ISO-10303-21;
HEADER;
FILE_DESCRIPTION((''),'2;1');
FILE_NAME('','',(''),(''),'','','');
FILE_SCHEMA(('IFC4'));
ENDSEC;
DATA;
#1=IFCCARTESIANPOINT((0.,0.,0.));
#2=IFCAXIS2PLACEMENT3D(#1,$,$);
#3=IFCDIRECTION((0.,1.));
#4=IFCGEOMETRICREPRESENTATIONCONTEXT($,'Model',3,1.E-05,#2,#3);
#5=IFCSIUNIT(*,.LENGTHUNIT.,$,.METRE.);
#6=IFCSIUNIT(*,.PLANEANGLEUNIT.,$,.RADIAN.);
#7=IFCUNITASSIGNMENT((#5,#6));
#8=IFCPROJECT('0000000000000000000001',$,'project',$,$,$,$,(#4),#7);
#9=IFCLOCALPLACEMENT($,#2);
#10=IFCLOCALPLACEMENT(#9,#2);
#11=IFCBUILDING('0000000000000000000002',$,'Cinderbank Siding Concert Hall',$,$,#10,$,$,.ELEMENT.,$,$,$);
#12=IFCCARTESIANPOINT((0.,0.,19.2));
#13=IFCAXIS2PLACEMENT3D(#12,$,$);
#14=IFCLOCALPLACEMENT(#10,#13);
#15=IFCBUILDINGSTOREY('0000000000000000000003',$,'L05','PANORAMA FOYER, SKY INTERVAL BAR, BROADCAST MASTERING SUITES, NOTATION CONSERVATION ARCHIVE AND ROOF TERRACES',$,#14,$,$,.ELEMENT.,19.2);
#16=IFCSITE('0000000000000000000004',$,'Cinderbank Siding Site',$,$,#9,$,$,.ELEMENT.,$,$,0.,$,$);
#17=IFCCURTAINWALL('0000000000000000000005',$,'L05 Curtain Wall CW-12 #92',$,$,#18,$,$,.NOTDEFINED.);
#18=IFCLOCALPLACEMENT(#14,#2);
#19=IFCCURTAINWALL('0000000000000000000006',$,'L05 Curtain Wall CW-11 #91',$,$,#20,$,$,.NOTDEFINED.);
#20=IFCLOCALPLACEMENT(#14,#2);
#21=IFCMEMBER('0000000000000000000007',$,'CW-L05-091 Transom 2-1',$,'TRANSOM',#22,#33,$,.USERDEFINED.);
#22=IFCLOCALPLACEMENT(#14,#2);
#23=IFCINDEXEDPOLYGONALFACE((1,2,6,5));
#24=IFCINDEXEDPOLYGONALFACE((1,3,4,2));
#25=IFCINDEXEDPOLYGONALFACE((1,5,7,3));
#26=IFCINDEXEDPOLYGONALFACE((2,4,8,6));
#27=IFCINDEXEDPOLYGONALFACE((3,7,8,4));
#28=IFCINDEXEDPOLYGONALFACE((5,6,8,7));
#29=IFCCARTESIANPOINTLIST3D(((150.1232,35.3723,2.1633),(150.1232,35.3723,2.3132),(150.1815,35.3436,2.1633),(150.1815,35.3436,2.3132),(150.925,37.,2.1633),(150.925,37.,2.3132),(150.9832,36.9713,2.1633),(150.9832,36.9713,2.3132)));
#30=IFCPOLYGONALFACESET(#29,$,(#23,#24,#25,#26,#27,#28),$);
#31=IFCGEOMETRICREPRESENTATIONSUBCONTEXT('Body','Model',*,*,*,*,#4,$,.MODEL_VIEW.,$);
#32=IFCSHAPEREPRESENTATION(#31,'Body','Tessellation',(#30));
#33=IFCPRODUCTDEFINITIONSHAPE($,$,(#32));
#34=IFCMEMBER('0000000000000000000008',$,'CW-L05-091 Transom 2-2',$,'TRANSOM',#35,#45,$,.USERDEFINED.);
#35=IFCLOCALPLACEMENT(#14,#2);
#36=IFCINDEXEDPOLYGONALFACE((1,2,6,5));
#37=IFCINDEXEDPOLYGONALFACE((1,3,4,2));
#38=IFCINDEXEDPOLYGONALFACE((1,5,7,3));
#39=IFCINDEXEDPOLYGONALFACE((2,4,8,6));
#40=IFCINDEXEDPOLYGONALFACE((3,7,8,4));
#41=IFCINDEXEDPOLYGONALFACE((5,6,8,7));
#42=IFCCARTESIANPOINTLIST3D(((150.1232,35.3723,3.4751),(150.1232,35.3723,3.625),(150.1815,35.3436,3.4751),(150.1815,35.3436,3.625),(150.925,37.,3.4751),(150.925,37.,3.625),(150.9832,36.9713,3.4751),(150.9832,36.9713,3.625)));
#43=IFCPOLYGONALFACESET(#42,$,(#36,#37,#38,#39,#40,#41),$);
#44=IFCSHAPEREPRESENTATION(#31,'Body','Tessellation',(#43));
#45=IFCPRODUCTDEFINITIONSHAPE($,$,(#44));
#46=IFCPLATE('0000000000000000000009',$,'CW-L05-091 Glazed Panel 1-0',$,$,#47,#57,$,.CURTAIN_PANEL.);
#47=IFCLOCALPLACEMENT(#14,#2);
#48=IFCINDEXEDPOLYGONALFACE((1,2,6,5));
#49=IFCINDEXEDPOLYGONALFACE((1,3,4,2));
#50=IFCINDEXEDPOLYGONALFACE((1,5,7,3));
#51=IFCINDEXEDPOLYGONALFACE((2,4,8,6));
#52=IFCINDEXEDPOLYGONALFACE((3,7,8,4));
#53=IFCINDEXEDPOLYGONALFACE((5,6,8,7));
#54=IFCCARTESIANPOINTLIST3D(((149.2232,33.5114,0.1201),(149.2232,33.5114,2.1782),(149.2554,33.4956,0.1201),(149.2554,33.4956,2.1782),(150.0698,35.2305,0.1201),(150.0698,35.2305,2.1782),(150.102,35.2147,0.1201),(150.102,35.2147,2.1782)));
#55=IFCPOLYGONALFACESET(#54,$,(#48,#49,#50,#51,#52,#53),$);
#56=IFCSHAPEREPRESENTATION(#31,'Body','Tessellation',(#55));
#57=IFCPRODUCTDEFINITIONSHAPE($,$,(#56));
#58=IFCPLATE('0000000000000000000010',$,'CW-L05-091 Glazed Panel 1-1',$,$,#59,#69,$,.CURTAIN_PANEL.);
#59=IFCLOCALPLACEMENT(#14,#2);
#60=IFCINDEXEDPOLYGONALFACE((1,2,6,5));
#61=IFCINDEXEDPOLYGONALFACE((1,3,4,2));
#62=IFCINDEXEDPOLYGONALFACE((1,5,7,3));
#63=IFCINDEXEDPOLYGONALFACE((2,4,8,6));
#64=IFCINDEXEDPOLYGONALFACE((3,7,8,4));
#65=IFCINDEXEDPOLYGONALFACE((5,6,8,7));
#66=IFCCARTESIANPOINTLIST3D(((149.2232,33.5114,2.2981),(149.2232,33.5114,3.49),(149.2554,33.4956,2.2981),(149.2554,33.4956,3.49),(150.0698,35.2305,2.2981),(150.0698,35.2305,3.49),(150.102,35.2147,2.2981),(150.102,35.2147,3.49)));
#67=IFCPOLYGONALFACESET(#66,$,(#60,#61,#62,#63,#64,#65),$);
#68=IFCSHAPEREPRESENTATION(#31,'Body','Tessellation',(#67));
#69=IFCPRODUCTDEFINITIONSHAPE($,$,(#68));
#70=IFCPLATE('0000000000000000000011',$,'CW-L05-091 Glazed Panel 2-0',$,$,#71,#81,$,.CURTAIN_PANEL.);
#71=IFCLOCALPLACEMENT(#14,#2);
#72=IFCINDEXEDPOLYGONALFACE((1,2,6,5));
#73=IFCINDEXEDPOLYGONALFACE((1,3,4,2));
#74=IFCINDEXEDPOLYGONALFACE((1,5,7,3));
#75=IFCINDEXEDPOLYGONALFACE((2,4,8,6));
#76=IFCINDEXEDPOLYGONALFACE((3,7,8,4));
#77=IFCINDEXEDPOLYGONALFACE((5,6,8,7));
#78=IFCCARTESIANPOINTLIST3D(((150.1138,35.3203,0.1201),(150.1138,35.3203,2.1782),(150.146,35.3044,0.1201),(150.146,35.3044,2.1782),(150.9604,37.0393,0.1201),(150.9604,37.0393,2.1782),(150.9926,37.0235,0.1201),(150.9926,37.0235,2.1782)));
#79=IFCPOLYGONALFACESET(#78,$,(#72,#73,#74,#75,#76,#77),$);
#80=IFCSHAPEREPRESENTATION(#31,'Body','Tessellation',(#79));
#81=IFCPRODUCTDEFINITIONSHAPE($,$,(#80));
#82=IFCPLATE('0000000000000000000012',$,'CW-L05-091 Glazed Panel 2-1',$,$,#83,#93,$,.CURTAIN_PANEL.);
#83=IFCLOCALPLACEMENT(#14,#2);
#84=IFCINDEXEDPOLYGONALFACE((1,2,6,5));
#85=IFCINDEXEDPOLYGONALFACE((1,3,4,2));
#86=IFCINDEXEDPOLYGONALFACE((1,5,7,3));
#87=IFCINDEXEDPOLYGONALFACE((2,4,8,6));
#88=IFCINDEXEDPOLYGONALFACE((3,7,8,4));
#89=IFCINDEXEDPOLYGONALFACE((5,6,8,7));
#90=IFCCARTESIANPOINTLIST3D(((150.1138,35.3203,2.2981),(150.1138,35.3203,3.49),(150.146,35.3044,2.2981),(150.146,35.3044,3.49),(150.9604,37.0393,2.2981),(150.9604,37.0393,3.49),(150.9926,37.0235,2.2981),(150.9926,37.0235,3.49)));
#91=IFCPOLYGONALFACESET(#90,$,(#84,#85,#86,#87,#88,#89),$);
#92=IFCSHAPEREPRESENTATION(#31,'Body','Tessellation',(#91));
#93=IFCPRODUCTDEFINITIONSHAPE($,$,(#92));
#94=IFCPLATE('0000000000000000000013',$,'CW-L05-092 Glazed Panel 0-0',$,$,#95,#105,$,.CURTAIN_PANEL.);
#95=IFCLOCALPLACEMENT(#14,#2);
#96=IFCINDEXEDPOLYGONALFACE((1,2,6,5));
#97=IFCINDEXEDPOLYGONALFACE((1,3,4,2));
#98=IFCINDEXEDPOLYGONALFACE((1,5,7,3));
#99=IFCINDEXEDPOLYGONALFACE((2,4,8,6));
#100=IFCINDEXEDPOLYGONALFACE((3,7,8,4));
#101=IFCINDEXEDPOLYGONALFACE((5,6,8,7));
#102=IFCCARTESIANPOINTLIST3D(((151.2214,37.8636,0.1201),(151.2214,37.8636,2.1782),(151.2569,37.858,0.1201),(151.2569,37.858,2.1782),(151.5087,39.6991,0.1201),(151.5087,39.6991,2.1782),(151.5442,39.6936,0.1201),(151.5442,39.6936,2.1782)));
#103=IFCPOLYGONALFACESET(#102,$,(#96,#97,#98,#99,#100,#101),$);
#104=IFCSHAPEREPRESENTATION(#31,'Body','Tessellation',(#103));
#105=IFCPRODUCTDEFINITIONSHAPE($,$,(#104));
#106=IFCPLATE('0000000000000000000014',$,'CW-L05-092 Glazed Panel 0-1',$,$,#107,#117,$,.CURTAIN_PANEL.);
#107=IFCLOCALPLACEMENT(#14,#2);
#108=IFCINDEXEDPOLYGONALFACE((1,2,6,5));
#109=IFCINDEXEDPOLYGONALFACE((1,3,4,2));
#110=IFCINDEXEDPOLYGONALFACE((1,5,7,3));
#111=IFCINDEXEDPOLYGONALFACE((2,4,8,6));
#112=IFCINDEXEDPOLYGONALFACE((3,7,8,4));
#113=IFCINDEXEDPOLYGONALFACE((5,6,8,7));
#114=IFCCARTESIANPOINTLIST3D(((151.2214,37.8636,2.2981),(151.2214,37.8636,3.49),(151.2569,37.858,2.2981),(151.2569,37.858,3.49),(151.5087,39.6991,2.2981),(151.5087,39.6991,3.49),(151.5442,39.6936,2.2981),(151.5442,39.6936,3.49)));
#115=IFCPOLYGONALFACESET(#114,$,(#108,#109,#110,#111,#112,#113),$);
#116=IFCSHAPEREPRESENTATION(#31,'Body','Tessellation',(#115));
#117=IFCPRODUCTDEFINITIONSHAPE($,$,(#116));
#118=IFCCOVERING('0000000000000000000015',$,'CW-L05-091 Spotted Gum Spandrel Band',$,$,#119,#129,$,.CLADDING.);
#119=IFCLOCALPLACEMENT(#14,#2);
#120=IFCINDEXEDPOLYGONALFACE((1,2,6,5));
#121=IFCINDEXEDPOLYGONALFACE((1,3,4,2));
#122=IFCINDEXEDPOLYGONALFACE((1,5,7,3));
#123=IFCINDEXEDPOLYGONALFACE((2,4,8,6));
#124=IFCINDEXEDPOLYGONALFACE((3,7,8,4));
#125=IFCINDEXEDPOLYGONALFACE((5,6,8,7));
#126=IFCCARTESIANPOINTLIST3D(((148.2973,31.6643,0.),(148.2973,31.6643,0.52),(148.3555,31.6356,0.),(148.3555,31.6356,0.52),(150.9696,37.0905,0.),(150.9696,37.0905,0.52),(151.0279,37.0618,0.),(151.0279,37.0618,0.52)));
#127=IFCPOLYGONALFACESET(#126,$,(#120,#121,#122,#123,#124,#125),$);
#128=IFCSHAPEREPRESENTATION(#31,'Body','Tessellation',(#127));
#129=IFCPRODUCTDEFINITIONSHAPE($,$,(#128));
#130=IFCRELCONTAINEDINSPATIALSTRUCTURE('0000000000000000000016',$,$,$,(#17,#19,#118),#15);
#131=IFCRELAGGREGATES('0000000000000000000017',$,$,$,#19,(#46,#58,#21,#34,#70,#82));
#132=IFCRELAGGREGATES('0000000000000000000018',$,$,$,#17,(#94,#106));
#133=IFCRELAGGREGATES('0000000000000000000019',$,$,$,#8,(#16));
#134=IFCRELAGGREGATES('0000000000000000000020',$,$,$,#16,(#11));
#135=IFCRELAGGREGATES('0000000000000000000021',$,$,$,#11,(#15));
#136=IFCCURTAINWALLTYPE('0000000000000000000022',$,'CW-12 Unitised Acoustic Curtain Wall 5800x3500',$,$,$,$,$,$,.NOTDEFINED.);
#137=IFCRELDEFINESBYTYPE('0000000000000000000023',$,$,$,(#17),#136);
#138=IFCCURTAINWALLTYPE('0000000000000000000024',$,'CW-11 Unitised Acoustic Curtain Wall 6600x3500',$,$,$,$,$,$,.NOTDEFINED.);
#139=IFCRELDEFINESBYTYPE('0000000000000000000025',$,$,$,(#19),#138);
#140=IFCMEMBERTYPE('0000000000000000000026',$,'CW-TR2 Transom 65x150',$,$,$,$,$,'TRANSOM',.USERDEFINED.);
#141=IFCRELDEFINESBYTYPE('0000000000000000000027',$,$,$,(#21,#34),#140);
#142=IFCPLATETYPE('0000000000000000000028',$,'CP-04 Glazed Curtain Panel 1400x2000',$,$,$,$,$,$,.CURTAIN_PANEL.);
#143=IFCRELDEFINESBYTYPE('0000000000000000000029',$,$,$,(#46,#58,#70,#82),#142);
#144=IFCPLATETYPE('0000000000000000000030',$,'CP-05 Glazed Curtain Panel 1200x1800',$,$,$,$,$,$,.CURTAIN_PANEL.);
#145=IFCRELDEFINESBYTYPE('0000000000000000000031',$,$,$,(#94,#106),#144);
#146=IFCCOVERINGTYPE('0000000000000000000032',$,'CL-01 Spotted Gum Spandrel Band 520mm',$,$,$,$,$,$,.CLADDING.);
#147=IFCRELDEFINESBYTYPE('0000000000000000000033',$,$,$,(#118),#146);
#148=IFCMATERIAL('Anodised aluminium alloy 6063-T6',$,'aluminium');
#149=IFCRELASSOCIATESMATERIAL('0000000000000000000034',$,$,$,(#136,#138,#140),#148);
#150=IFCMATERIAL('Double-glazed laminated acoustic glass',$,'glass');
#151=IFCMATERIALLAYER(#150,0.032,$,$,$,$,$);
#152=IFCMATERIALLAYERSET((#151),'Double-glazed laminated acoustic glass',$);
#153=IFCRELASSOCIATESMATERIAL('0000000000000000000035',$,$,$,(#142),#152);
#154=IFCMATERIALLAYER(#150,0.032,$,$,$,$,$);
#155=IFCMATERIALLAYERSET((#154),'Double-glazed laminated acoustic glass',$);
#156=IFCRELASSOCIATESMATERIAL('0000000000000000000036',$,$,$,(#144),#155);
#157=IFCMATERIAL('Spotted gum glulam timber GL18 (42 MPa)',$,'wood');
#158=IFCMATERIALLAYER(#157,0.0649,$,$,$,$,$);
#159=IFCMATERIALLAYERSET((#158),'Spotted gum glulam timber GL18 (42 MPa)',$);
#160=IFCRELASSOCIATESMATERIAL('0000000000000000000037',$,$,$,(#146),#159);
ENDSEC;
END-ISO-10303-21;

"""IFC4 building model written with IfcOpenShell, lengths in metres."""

from ifc_helpers import new_model, si_unit, direction, frame, origin, origin_2d, place, context, subcontext, project, spatial, rectangle, extrude, material, layer, layer_set, material_profile, profile_set, type_object, element, aggregate, save


model = new_model("IFC4")

# Units and contexts
model_context = context("Model", 3, precision=1e-05, world=origin(), true_north=direction((0.0, 1.0)))
body_context = subcontext(model_context, "Body", "Model", "MODEL_VIEW")
ifc_project = project(units=[si_unit("LENGTHUNIT", "METRE"), si_unit("PLANEANGLEUNIT", "RADIAN")], contexts=[model_context])

# Site, building, storey
site_placement = place(None, origin())
site = spatial("IfcSite", under=ifc_project, at=site_placement, Name="Cinderbank Siding Site", CompositionType="ELEMENT", RefElevation=0.0)
building_placement = place(site_placement, origin())
building = spatial("IfcBuilding", under=site, at=building_placement, Name="Cinderbank Siding Concert Hall", CompositionType="ELEMENT")
storey_placement = place(building_placement, frame((0.0, 0.0, 19.2)))
storey = spatial("IfcBuildingStorey", under=building, at=storey_placement, Name="L05", Description="PANORAMA FOYER, SKY INTERVAL BAR, BROADCAST MASTERING SUITES, NOTATION CONSERVATION ARCHIVE AND ROOF TERRACES", CompositionType="ELEMENT", Elevation=19.2)

# Curtain wall
ifc_material_1 = material(Name="Anodised aluminium alloy 6063-T6", Category="aluminium")
curtain_wall_type_1 = type_object("IfcCurtainWallType", Name="CW-12 Unitised Acoustic Curtain Wall 5800x3500", PredefinedType="NOTDEFINED", material=ifc_material_1)
curtain_wall_1_placement = place(storey_placement, origin())
curtain_wall_1 = element("IfcCurtainWall", 1, at=curtain_wall_1_placement, inside=storey, type_object=curtain_wall_type_1, Name="L05 Curtain Wall CW-12 #92", PredefinedType="NOTDEFINED")

# Curtain wall
curtain_wall_type_2 = type_object("IfcCurtainWallType", Name="CW-11 Unitised Acoustic Curtain Wall 6600x3500", PredefinedType="NOTDEFINED", material=ifc_material_1)
curtain_wall_2_placement = place(storey_placement, origin())
curtain_wall_2 = element("IfcCurtainWall", 2, at=curtain_wall_2_placement, inside=storey, type_object=curtain_wall_type_2, Name="L05 Curtain Wall CW-11 #91", PredefinedType="NOTDEFINED")

# Members
ifc_material_profile_1 = material_profile(ifc_material_1, rectangle(XDim=0.0649, YDim=0.1499, at=origin_2d()), Name="ALU-TRAN-65x150", Category="LoadBearing")
ifc_profile_set_1 = profile_set([ifc_material_profile_1], Name="Anodised aluminium alloy 6063-T6")
member_type_1 = type_object("IfcMemberType", Name="CW-TR2 Transom 65x150", ElementType="TRANSOM", PredefinedType="USERDEFINED", material=ifc_profile_set_1)
member_1_placement = place(storey_placement, frame((150.1523, 35.3579, 2.2383), z_axis=(0.441877, 0.897076, 0.0), x_axis=(-0.897076, 0.441877, 0.0)))
member_1 = element("IfcMember", 3, at=member_1_placement, type_object=member_type_1, Name="CW-L05-091 Transom 2-1", ObjectType="TRANSOM", PredefinedType="USERDEFINED", context=body_context, shape_type="SweptSolid", body=[
    extrude(rectangle(XDim=0.0649, YDim=0.1499, at=origin_2d()), origin(), (0.0, 0.0, 1.0), 1.8145),
])
member_2_placement = place(storey_placement, frame((150.1523, 35.3579, 3.55), z_axis=(0.441877, 0.897076, 0.0), x_axis=(-0.897076, 0.441877, 0.0)))
member_2 = element("IfcMember", 4, at=member_2_placement, type_object=member_type_1, Name="CW-L05-091 Transom 2-2", ObjectType="TRANSOM", PredefinedType="USERDEFINED", context=body_context, shape_type="SweptSolid", body=[
    extrude(rectangle(XDim=0.0649, YDim=0.1499, at=origin_2d()), origin(), (0.0, 0.0, 1.0), 1.8145),
])

# Plates
ifc_material_2 = material(Name="Double-glazed laminated acoustic glass", Category="glass")
ifc_layer_1 = layer(ifc_material_2, 0.032)
ifc_layer_set_1 = layer_set([ifc_layer_1], Name="Double-glazed laminated acoustic glass")
plate_type_1 = type_object("IfcPlateType", Name="CP-04 Glazed Curtain Panel 1400x2000", PredefinedType="CURTAIN_PANEL", material=ifc_layer_set_1)
plate_1_placement = place(storey_placement, frame((149.6626, 34.363, 0.1201), z_axis=(0.0, 0.0, 1.0), x_axis=(0.441816, 0.897105, 0.0)))
plate_1 = element("IfcPlate", 5, at=plate_1_placement, type_object=plate_type_1, Name="CW-L05-091 Glazed Panel 1-0", PredefinedType="CURTAIN_PANEL", context=body_context, shape_type="SweptSolid", body=[
    extrude(rectangle(XDim=1.9163, YDim=0.0359, at=origin_2d()), origin(), (0.0, 0.0, 1.0), 2.0581),
])
plate_2_placement = place(storey_placement, frame((149.6626, 34.363, 2.2981), z_axis=(0.0, 0.0, 1.0), x_axis=(0.441816, 0.897105, 0.0)))
plate_2 = element("IfcPlate", 6, at=plate_2_placement, type_object=plate_type_1, Name="CW-L05-091 Glazed Panel 1-1", PredefinedType="CURTAIN_PANEL", context=body_context, shape_type="SweptSolid", body=[
    extrude(rectangle(XDim=1.9163, YDim=0.0359, at=origin_2d()), origin(), (0.0, 0.0, 1.0), 1.1919),
])
plate_3_placement = place(storey_placement, frame((150.5532, 36.1719, 0.1201), z_axis=(0.0, 0.0, 1.0), x_axis=(0.441816, 0.897105, 0.0)))
plate_3 = element("IfcPlate", 7, at=plate_3_placement, type_object=plate_type_1, Name="CW-L05-091 Glazed Panel 2-0", PredefinedType="CURTAIN_PANEL", context=body_context, shape_type="SweptSolid", body=[
    extrude(rectangle(XDim=1.9163, YDim=0.0359, at=origin_2d()), origin(), (0.0, 0.0, 1.0), 2.0581),
])
plate_4_placement = place(storey_placement, frame((150.5532, 36.1719, 2.2981), z_axis=(0.0, 0.0, 1.0), x_axis=(0.441816, 0.897105, 0.0)))
plate_4 = element("IfcPlate", 8, at=plate_4_placement, type_object=plate_type_1, Name="CW-L05-091 Glazed Panel 2-1", PredefinedType="CURTAIN_PANEL", context=body_context, shape_type="SweptSolid", body=[
    extrude(rectangle(XDim=1.9163, YDim=0.0359, at=origin_2d()), origin(), (0.0, 0.0, 1.0), 1.1919),
])
aggregate(curtain_wall_2, [plate_1, plate_2, member_1, member_2, plate_3, plate_4])
ifc_layer_2 = layer(ifc_material_2, 0.032)
ifc_layer_set_2 = layer_set([ifc_layer_2], Name="Double-glazed laminated acoustic glass")
plate_type_2 = type_object("IfcPlateType", Name="CP-05 Glazed Curtain Panel 1200x1800", PredefinedType="CURTAIN_PANEL", material=ifc_layer_set_2)
plate_5_placement = place(storey_placement, frame((151.3828, 38.7786, 0.1201), z_axis=(0.0, 0.0, 1.0), x_axis=(0.154643, 0.98797, 0.0)))
plate_5 = element("IfcPlate", 9, at=plate_5_placement, type_object=plate_type_2, Name="CW-L05-092 Glazed Panel 0-0", PredefinedType="CURTAIN_PANEL", context=body_context, shape_type="SweptSolid", body=[
    extrude(rectangle(XDim=1.8579, YDim=0.0359, at=origin_2d()), origin(), (0.0, 0.0, 1.0), 2.0581),
])
plate_6_placement = place(storey_placement, frame((151.3828, 38.7786, 2.2981), z_axis=(0.0, 0.0, 1.0), x_axis=(0.154643, 0.98797, 0.0)))
plate_6 = element("IfcPlate", 10, at=plate_6_placement, type_object=plate_type_2, Name="CW-L05-092 Glazed Panel 0-1", PredefinedType="CURTAIN_PANEL", context=body_context, shape_type="SweptSolid", body=[
    extrude(rectangle(XDim=1.8579, YDim=0.0359, at=origin_2d()), origin(), (0.0, 0.0, 1.0), 1.1919),
])
aggregate(curtain_wall_1, [plate_5, plate_6])

# Covering
ifc_material_3 = material(Name="Spotted gum glulam timber GL18 (42 MPa)", Category="wood")
ifc_layer_3 = layer(ifc_material_3, 0.0649)
ifc_layer_set_3 = layer_set([ifc_layer_3], Name="Spotted gum glulam timber GL18 (42 MPa)")
covering_type = type_object("IfcCoveringType", Name="CL-01 Spotted Gum Spandrel Band 520mm", PredefinedType="CLADDING", material=ifc_layer_set_3)
covering_placement = place(storey_placement, frame((149.6626, 34.363, 0.0), z_axis=(0.0, 0.0, 1.0), x_axis=(0.441816, 0.897105, 0.0)))
element("IfcCovering", 11, at=covering_placement, inside=storey, type_object=covering_type, Name="CW-L05-091 Spotted Gum Spandrel Band", PredefinedType="CLADDING", context=body_context, shape_type="SweptSolid", body=[
    extrude(rectangle(XDim=6.0486, YDim=0.0649, at=origin_2d()), origin(), (0.0, 0.0, 1.0), 0.52),
])

save(model, "model.ifc")
